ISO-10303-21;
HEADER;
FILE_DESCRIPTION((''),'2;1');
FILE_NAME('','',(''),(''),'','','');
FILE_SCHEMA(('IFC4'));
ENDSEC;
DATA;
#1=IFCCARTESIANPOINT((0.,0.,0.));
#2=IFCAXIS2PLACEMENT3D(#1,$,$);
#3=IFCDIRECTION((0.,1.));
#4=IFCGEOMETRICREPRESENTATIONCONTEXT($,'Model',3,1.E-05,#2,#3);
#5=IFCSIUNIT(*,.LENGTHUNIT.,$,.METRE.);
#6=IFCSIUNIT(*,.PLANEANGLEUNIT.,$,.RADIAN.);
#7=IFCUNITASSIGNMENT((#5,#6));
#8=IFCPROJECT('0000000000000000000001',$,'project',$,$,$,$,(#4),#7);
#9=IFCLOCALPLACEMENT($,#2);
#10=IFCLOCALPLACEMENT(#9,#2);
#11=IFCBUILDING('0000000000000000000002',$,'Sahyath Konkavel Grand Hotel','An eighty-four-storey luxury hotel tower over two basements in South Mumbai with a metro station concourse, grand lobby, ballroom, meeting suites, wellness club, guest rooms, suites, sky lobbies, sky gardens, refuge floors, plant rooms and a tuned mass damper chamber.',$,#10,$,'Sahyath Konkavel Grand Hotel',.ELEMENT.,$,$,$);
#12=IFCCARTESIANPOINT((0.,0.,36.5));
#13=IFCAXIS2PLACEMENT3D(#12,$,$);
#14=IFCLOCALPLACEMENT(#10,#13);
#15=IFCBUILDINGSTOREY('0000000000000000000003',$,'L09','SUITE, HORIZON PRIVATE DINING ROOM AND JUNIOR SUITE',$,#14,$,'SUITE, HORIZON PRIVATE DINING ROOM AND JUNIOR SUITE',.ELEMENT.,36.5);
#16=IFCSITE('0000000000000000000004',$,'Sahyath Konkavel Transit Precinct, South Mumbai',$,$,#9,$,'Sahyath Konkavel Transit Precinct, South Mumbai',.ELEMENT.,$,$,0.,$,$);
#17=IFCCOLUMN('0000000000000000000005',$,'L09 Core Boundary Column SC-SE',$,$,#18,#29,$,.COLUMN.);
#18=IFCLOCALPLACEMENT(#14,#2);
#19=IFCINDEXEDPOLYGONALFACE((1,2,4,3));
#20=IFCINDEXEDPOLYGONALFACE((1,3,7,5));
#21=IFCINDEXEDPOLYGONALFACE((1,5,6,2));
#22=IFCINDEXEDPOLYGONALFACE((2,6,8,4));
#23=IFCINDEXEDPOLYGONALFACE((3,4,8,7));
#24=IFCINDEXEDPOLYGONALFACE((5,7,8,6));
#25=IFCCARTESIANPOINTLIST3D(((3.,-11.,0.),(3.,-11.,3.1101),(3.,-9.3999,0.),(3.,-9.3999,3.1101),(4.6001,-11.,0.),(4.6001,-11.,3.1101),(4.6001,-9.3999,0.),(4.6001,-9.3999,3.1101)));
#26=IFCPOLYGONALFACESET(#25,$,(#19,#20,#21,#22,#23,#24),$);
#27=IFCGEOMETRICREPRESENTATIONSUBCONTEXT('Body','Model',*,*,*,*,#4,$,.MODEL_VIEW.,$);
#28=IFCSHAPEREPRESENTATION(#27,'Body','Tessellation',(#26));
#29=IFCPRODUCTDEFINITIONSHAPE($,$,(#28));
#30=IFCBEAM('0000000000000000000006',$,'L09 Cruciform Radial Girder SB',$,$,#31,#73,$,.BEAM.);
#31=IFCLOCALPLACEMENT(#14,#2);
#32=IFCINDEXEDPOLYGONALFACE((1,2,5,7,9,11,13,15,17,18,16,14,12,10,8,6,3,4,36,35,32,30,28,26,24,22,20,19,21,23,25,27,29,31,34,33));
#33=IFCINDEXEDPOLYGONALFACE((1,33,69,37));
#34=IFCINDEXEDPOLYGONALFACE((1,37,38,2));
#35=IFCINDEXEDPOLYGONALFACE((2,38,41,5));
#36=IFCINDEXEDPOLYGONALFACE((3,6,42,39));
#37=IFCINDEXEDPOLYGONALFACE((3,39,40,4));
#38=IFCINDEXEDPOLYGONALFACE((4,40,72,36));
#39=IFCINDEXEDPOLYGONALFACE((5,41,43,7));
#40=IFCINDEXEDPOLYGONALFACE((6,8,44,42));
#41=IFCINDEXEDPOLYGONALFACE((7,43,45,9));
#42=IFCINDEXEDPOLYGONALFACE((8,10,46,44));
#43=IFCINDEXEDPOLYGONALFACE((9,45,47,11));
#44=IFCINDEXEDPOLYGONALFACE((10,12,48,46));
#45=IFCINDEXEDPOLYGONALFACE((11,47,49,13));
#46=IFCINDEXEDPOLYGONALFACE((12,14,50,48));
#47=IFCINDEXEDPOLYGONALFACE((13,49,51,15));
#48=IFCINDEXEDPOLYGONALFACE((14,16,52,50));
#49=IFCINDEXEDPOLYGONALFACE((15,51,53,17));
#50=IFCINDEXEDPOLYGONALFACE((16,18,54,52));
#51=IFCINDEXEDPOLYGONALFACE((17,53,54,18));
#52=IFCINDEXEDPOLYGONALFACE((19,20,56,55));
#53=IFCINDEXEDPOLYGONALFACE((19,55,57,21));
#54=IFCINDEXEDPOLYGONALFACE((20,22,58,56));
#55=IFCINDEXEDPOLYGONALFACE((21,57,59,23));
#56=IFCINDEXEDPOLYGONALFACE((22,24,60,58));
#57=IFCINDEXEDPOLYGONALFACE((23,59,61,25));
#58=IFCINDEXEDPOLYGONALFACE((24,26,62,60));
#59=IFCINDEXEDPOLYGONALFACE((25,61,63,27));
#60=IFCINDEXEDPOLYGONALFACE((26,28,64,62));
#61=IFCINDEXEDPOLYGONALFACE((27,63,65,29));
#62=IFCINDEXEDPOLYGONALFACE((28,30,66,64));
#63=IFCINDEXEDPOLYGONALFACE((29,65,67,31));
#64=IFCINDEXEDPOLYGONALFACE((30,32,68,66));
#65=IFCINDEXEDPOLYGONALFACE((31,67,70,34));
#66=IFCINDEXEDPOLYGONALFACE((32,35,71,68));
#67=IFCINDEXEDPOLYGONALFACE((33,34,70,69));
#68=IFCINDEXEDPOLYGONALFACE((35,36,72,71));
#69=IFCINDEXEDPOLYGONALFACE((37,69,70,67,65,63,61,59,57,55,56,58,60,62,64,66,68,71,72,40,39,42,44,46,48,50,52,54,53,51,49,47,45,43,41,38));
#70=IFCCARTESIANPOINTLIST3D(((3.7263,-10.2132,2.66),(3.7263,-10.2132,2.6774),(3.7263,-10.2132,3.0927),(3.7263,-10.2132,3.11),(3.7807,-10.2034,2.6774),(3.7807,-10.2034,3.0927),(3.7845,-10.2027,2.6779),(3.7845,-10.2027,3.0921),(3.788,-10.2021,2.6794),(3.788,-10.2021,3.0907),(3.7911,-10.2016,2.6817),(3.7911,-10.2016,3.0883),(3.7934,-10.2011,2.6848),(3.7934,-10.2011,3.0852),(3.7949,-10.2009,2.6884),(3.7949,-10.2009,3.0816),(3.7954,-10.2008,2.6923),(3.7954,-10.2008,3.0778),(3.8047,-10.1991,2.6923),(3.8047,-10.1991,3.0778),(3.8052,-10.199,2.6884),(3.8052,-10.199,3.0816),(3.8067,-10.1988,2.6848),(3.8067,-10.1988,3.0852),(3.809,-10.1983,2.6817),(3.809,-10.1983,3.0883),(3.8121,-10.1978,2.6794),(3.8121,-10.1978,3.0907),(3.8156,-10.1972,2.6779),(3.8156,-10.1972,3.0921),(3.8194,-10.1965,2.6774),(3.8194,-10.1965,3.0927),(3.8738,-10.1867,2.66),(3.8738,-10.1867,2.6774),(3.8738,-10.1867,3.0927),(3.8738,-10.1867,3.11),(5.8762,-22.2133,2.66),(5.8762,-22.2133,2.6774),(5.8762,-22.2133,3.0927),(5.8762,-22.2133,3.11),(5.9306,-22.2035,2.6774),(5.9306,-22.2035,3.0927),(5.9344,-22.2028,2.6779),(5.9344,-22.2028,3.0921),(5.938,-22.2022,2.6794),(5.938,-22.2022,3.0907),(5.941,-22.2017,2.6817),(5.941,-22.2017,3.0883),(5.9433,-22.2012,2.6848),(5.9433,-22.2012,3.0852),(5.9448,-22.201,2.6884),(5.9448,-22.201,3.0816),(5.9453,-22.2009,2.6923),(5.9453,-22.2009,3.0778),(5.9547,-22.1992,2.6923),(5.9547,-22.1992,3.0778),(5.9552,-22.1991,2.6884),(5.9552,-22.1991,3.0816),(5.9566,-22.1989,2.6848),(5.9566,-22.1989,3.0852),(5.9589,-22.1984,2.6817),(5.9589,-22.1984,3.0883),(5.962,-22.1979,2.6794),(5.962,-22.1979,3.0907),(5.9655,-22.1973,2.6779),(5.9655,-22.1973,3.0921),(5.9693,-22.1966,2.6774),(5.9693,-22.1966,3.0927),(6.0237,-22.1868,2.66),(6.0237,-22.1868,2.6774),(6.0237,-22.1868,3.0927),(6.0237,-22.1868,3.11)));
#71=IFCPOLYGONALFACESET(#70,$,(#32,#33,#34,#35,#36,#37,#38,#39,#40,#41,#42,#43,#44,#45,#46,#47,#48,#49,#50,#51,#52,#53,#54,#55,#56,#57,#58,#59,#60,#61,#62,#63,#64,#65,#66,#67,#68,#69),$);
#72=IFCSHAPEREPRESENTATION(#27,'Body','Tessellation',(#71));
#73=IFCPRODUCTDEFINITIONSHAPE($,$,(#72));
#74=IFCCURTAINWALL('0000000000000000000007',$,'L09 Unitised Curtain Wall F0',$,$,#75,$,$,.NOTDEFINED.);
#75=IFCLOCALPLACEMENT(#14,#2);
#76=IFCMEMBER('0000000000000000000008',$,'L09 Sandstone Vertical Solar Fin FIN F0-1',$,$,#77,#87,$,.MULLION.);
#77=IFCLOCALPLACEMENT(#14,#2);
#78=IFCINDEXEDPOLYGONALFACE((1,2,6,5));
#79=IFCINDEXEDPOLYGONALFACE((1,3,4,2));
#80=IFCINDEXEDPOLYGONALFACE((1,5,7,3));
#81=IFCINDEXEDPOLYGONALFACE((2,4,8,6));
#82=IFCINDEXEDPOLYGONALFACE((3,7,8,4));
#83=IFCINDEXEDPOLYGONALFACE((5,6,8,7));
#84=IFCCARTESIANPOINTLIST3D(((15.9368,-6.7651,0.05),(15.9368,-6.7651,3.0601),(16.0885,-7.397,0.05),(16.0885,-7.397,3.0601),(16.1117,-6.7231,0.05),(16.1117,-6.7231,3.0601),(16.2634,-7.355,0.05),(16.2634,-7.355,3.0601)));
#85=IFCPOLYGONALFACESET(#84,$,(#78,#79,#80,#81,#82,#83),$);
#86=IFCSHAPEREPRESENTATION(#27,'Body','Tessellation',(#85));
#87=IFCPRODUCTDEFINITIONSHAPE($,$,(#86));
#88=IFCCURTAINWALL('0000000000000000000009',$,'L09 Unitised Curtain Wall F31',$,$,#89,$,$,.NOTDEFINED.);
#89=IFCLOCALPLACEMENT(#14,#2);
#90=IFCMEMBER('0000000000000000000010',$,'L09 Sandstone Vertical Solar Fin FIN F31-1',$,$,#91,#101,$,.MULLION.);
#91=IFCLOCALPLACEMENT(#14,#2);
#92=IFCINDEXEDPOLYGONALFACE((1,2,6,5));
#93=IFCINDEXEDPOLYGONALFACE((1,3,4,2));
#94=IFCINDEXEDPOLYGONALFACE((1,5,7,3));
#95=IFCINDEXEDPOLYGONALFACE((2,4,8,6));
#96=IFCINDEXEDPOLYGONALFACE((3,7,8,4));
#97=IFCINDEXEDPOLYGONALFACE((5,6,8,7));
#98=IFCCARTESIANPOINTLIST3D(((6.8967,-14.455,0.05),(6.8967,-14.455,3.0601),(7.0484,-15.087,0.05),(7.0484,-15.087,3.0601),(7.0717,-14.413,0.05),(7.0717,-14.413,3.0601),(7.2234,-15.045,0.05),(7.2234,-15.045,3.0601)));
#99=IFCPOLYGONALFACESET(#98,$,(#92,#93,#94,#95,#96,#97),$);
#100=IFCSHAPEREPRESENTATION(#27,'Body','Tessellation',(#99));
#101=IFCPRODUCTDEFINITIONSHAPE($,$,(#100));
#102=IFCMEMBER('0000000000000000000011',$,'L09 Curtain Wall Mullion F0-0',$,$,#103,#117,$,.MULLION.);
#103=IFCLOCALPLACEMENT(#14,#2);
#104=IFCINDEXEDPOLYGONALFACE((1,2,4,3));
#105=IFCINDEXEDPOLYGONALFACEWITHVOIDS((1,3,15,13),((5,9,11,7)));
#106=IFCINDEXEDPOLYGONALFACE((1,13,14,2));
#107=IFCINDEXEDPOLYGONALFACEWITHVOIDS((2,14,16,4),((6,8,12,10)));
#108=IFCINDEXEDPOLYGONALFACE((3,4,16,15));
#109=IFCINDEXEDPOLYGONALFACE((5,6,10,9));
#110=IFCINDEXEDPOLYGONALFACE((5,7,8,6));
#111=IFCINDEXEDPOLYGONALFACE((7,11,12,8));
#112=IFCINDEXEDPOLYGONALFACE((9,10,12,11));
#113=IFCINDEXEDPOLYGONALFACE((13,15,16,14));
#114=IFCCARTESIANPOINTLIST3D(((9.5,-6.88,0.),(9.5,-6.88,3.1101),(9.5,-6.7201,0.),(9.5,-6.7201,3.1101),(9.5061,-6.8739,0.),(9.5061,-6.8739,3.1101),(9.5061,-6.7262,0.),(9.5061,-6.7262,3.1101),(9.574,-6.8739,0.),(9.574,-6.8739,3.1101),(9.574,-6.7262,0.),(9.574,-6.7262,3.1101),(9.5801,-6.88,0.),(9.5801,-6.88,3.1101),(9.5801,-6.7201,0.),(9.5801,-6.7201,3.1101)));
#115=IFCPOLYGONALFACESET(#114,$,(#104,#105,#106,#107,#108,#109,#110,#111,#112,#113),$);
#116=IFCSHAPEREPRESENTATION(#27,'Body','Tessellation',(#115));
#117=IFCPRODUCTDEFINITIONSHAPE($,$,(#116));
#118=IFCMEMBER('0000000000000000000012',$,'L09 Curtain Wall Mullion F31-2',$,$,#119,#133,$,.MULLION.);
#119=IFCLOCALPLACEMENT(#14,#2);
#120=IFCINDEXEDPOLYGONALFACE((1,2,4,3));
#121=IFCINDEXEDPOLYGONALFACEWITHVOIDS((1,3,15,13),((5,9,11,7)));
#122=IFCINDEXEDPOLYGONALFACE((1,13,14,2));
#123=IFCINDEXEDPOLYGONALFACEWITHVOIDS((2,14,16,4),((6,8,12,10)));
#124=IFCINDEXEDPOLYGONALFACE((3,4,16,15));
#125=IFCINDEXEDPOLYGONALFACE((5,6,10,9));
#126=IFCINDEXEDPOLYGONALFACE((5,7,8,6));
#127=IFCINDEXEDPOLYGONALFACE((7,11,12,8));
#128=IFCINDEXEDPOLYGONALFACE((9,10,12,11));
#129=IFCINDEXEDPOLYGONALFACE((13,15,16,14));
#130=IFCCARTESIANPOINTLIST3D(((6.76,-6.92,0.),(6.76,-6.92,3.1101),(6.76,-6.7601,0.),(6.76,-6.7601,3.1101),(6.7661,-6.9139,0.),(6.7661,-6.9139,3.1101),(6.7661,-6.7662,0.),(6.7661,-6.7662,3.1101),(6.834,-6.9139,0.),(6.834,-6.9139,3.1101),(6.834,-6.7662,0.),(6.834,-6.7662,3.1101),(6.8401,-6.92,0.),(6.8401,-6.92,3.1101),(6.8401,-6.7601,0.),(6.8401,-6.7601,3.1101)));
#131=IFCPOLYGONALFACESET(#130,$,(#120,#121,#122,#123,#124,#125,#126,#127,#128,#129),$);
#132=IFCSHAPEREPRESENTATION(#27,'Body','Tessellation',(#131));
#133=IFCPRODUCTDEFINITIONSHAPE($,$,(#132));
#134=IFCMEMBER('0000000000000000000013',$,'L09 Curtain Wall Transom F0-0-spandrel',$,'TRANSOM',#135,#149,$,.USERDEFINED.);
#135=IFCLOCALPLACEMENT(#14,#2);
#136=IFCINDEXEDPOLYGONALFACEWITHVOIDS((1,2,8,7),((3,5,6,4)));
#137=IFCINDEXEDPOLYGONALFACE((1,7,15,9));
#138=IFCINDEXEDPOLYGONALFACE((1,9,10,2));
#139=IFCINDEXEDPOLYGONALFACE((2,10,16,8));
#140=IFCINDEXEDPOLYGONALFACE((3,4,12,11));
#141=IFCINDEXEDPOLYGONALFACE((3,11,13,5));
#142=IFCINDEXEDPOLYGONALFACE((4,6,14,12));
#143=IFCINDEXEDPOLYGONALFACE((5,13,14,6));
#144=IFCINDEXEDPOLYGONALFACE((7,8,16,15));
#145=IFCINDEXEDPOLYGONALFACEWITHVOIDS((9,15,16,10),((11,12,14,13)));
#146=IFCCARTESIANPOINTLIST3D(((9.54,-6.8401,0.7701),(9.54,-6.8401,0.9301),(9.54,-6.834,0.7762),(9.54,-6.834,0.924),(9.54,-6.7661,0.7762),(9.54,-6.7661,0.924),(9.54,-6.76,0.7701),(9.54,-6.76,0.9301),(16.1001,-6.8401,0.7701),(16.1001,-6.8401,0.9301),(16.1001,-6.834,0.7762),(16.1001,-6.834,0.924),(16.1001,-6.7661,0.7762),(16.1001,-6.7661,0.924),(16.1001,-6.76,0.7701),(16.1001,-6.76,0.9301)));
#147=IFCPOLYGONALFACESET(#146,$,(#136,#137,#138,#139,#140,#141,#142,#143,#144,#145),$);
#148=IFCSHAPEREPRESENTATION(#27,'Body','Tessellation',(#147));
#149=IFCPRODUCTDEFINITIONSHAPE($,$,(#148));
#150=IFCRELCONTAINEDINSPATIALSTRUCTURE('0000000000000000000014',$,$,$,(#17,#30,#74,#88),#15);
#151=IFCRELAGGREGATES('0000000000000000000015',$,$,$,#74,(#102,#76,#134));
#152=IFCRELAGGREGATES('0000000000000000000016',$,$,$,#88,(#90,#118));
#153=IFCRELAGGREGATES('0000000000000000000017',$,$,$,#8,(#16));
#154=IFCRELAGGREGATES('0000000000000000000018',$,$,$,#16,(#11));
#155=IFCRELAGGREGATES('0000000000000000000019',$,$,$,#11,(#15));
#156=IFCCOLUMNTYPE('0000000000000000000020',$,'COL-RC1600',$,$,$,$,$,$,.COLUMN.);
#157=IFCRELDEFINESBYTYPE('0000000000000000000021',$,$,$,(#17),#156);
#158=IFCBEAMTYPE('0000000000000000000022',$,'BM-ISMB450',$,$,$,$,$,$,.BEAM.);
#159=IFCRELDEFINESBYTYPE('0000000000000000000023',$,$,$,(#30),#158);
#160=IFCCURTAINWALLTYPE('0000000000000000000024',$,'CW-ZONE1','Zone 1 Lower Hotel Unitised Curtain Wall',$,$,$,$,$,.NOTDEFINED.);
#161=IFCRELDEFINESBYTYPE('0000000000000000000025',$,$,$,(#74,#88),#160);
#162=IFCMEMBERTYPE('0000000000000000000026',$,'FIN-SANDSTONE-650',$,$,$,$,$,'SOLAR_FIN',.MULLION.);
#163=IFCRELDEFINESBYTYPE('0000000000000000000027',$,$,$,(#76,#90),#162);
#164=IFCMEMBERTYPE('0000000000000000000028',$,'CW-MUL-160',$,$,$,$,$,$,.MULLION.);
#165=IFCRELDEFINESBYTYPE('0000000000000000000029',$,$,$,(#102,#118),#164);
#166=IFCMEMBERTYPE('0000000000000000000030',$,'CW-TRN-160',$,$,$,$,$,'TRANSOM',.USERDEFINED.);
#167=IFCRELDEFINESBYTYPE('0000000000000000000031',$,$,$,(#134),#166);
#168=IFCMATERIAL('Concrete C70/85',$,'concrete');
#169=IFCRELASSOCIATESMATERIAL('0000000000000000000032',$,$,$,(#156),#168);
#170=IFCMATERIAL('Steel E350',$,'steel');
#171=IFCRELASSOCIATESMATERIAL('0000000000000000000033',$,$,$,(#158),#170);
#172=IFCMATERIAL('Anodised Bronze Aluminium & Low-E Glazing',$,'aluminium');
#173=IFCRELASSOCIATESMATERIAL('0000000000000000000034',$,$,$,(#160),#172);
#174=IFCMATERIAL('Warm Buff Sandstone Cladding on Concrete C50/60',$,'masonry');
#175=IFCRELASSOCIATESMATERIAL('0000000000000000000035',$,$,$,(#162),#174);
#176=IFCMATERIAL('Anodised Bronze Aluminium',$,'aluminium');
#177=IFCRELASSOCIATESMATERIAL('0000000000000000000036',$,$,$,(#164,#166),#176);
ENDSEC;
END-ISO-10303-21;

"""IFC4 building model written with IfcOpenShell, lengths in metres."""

from ifc_helpers import new_model, si_unit, direction, frame, origin, origin_2d, place, context, subcontext, project, spatial, rectangle, hollow_rectangle, i_section, extrude, source, transform, mapped, material, material_profile, profile_set, type_object, element, aggregate, save


model = new_model("IFC4")

# Units and contexts
model_context = context("Model", 3, precision=1e-05, world=origin(), true_north=direction((0.0, 1.0)))
body_context = subcontext(model_context, "Body", "Model", "MODEL_VIEW")
ifc_project = project(units=[si_unit("LENGTHUNIT", "METRE"), si_unit("PLANEANGLEUNIT", "RADIAN")], contexts=[model_context])

# Site, building, storey
site_placement = place(None, origin())
site = spatial("IfcSite", under=ifc_project, at=site_placement, Name="Sahyath Konkavel Transit Precinct, South Mumbai", LongName="Sahyath Konkavel Transit Precinct, South Mumbai", CompositionType="ELEMENT", RefElevation=0.0)
building_placement = place(site_placement, origin())
building = spatial("IfcBuilding", under=site, at=building_placement, Name="Sahyath Konkavel Grand Hotel", Description="An eighty-four-storey luxury hotel tower over two basements in South Mumbai with a metro station concourse, grand lobby, ballroom, meeting suites, wellness club, guest rooms, suites, sky lobbies, sky gardens, refuge floors, plant rooms and a tuned mass damper chamber.", LongName="Sahyath Konkavel Grand Hotel", CompositionType="ELEMENT")
storey_placement = place(building_placement, frame((0.0, 0.0, 36.5)))
storey = spatial("IfcBuildingStorey", under=building, at=storey_placement, Name="L09", Description="SUITE, HORIZON PRIVATE DINING ROOM AND JUNIOR SUITE", LongName="SUITE, HORIZON PRIVATE DINING ROOM AND JUNIOR SUITE", CompositionType="ELEMENT", Elevation=36.5)

# Column
ifc_material_1 = material(Name="Concrete C70/85", Category="concrete")
ifc_material_profile_1 = material_profile(ifc_material_1, rectangle(XDim=1.6001, YDim=1.6001, at=origin_2d()), Name="RC 1600x1600")
ifc_profile_set_1 = profile_set([ifc_material_profile_1], Name="Concrete C70/85")
column_type = type_object("IfcColumnType", Name="COL-RC1600", PredefinedType="COLUMN", material=ifc_profile_set_1)
shared_shape_1 = source(origin(), body_context, "Body", "SweptSolid", [
    extrude(rectangle(XDim=1.6001, YDim=1.6001, at=origin_2d()), origin(), (0.0, 0.0, 1.0), 3.1101),
])
column_placement = place(storey_placement, frame((3.8, -10.2, 0.0), z_axis=(0.0, 0.0, 1.0), x_axis=(1.0, 0.0, 0.0)))
element("IfcColumn", 1, at=column_placement, inside=storey, type_object=column_type, Name="L09 Core Boundary Column SC-SE", PredefinedType="COLUMN", context=body_context, shape_type="MappedRepresentation", body=[
    mapped(shared_shape_1, transform((0.0, 0.0, 0.0), scale=1.0)),
])

# Beam
ifc_material_2 = material(Name="Steel E350", Category="steel")
ifc_material_profile_2 = material_profile(ifc_material_2, i_section(OverallWidth=0.1499, OverallDepth=0.45, WebThickness=0.0095, FlangeThickness=0.0173, FilletRadius=0.0149, at=origin_2d()), Name="ISMB 450")
ifc_profile_set_2 = profile_set([ifc_material_profile_2], Name="Steel E350")
beam_type_1 = type_object("IfcBeamType", Name="BM-ISMB450", PredefinedType="BEAM", material=ifc_profile_set_2)
shared_shape_2 = source(origin(), body_context, "Body", "SweptSolid", [
    extrude(i_section(OverallWidth=0.1499, OverallDepth=0.45, WebThickness=0.0095, FlangeThickness=0.0173, FilletRadius=0.0149, at=origin_2d()), origin(), (0.0, 0.0, 1.0), 12.1912),
])
beam_1_placement = place(storey_placement, frame((3.8, -10.2, 2.885), z_axis=(0.176351, -0.984327, 0.0), x_axis=(0.984327, 0.176351, 0.0)))
element("IfcBeam", 2, at=beam_1_placement, inside=storey, type_object=beam_type_1, Name="L09 Cruciform Radial Girder SB", PredefinedType="BEAM", context=body_context, shape_type="MappedRepresentation", body=[
    mapped(shared_shape_2, transform((0.0, 0.0, 0.0), scale=1.0)),
])

# Curtain walls, members
ifc_material_3 = material(Name="Anodised Bronze Aluminium & Low-E Glazing", Category="aluminium")
curtain_wall_type = type_object("IfcCurtainWallType", Name="CW-ZONE1", Description="Zone 1 Lower Hotel Unitised Curtain Wall", PredefinedType="NOTDEFINED", material=ifc_material_3)
curtain_wall_1_placement = place(storey_placement, origin())
curtain_wall_1 = element("IfcCurtainWall", 3, at=curtain_wall_1_placement, inside=storey, type_object=curtain_wall_type, Name="L09 Unitised Curtain Wall F0", PredefinedType="NOTDEFINED")
ifc_material_4 = material(Name="Warm Buff Sandstone Cladding on Concrete C50/60", Category="masonry")
ifc_material_profile_3 = material_profile(ifc_material_4, rectangle(XDim=0.1799, YDim=0.6499, at=origin_2d()), Name="FIN 180x650")
ifc_profile_set_3 = profile_set([ifc_material_profile_3], Name="Warm Buff Sandstone Cladding on Concrete C50/60")
member_type_1 = type_object("IfcMemberType", Name="FIN-SANDSTONE-650", ElementType="SOLAR_FIN", PredefinedType="MULLION", material=ifc_profile_set_3)
shared_shape_3 = source(origin(), body_context, "Body", "SweptSolid", [
    extrude(rectangle(XDim=0.1799, YDim=0.6499, at=origin_2d()), origin(), (0.0, 0.0, 1.0), 3.01),
])
member_1_placement = place(storey_placement, frame((16.1001, -7.0601, 0.05), z_axis=(0.0, 0.0, 1.0), x_axis=(0.97237, 0.233445, 0.0)))
member_1 = element("IfcMember", 4, at=member_1_placement, type_object=member_type_1, Name="L09 Sandstone Vertical Solar Fin FIN F0-1", PredefinedType="MULLION", context=body_context, shape_type="MappedRepresentation", body=[
    mapped(shared_shape_3, transform((0.0, 0.0, 0.0), scale=1.0)),
])
curtain_wall_2_placement = place(storey_placement, origin())
curtain_wall_2 = element("IfcCurtainWall", 5, at=curtain_wall_2_placement, inside=storey, type_object=curtain_wall_type, Name="L09 Unitised Curtain Wall F31", PredefinedType="NOTDEFINED")
member_2_placement = place(storey_placement, frame((7.0601, -14.75, 0.05), z_axis=(0.0, 0.0, 1.0), x_axis=(0.97237, 0.233445, 0.0)))
member_2 = element("IfcMember", 6, at=member_2_placement, type_object=member_type_1, Name="L09 Sandstone Vertical Solar Fin FIN F31-1", PredefinedType="MULLION", context=body_context, shape_type="MappedRepresentation", body=[
    mapped(shared_shape_3, transform((0.0, 0.0, 0.0), scale=1.0)),
])

# Members
ifc_material_5 = material(Name="Anodised Bronze Aluminium", Category="aluminium")
ifc_material_profile_4 = material_profile(ifc_material_5, hollow_rectangle(XDim=0.0801, YDim=0.1599, WallThickness=0.0061, at=origin_2d()), Name="RHS 160x80x6")
ifc_profile_set_4 = profile_set([ifc_material_profile_4], Name="Anodised Bronze Aluminium")
member_type_2 = type_object("IfcMemberType", Name="CW-MUL-160", PredefinedType="MULLION", material=ifc_profile_set_4)
shared_shape_4 = source(origin(), body_context, "Body", "SweptSolid", [
    extrude(hollow_rectangle(XDim=0.0801, YDim=0.1599, WallThickness=0.0061, at=origin_2d()), origin(), (0.0, 0.0, 1.0), 3.1101),
])
member_3_placement = place(storey_placement, frame((9.54, -6.8, 0.0), z_axis=(0.0, 0.0, 1.0), x_axis=(1.0, 0.0, 0.0)))
member_3 = element("IfcMember", 7, at=member_3_placement, type_object=member_type_2, Name="L09 Curtain Wall Mullion F0-0", PredefinedType="MULLION", context=body_context, shape_type="MappedRepresentation", body=[
    mapped(shared_shape_4, transform((0.0, 0.0, 0.0), scale=1.0)),
])
member_4_placement = place(storey_placement, frame((6.8, -6.8401, 0.0), z_axis=(0.0, 0.0, 1.0), x_axis=(1.0, 0.0, 0.0)))
member_4 = element("IfcMember", 8, at=member_4_placement, type_object=member_type_2, Name="L09 Curtain Wall Mullion F31-2", PredefinedType="MULLION", context=body_context, shape_type="MappedRepresentation", body=[
    mapped(shared_shape_4, transform((0.0, 0.0, 0.0), scale=1.0)),
])
ifc_material_profile_5 = material_profile(ifc_material_5, hollow_rectangle(XDim=0.0801, YDim=0.1599, WallThickness=0.0061, at=origin_2d()), Name="RHS 160x80x6")
ifc_profile_set_5 = profile_set([ifc_material_profile_5], Name="Anodised Bronze Aluminium")
member_type_3 = type_object("IfcMemberType", Name="CW-TRN-160", ElementType="TRANSOM", PredefinedType="USERDEFINED", material=ifc_profile_set_5)
shared_shape_5 = source(origin(), body_context, "Body", "SweptSolid", [
    extrude(hollow_rectangle(XDim=0.0801, YDim=0.1599, WallThickness=0.0061, at=origin_2d()), origin(), (0.0, 0.0, 1.0), 6.5601),
])
member_5_placement = place(storey_placement, frame((9.54, -6.8, 0.8501), z_axis=(1.0, 0.0, 0.0), x_axis=(0.0, 1.0, 0.0)))
member_5 = element("IfcMember", 9, at=member_5_placement, type_object=member_type_3, Name="L09 Curtain Wall Transom F0-0-spandrel", ObjectType="TRANSOM", PredefinedType="USERDEFINED", context=body_context, shape_type="MappedRepresentation", body=[
    mapped(shared_shape_5, transform((0.0, 0.0, 0.0), scale=1.0)),
])
aggregate(curtain_wall_1, [member_3, member_1, member_5])

aggregate(curtain_wall_2, [member_2, member_4])

save(model, "model.ifc")
